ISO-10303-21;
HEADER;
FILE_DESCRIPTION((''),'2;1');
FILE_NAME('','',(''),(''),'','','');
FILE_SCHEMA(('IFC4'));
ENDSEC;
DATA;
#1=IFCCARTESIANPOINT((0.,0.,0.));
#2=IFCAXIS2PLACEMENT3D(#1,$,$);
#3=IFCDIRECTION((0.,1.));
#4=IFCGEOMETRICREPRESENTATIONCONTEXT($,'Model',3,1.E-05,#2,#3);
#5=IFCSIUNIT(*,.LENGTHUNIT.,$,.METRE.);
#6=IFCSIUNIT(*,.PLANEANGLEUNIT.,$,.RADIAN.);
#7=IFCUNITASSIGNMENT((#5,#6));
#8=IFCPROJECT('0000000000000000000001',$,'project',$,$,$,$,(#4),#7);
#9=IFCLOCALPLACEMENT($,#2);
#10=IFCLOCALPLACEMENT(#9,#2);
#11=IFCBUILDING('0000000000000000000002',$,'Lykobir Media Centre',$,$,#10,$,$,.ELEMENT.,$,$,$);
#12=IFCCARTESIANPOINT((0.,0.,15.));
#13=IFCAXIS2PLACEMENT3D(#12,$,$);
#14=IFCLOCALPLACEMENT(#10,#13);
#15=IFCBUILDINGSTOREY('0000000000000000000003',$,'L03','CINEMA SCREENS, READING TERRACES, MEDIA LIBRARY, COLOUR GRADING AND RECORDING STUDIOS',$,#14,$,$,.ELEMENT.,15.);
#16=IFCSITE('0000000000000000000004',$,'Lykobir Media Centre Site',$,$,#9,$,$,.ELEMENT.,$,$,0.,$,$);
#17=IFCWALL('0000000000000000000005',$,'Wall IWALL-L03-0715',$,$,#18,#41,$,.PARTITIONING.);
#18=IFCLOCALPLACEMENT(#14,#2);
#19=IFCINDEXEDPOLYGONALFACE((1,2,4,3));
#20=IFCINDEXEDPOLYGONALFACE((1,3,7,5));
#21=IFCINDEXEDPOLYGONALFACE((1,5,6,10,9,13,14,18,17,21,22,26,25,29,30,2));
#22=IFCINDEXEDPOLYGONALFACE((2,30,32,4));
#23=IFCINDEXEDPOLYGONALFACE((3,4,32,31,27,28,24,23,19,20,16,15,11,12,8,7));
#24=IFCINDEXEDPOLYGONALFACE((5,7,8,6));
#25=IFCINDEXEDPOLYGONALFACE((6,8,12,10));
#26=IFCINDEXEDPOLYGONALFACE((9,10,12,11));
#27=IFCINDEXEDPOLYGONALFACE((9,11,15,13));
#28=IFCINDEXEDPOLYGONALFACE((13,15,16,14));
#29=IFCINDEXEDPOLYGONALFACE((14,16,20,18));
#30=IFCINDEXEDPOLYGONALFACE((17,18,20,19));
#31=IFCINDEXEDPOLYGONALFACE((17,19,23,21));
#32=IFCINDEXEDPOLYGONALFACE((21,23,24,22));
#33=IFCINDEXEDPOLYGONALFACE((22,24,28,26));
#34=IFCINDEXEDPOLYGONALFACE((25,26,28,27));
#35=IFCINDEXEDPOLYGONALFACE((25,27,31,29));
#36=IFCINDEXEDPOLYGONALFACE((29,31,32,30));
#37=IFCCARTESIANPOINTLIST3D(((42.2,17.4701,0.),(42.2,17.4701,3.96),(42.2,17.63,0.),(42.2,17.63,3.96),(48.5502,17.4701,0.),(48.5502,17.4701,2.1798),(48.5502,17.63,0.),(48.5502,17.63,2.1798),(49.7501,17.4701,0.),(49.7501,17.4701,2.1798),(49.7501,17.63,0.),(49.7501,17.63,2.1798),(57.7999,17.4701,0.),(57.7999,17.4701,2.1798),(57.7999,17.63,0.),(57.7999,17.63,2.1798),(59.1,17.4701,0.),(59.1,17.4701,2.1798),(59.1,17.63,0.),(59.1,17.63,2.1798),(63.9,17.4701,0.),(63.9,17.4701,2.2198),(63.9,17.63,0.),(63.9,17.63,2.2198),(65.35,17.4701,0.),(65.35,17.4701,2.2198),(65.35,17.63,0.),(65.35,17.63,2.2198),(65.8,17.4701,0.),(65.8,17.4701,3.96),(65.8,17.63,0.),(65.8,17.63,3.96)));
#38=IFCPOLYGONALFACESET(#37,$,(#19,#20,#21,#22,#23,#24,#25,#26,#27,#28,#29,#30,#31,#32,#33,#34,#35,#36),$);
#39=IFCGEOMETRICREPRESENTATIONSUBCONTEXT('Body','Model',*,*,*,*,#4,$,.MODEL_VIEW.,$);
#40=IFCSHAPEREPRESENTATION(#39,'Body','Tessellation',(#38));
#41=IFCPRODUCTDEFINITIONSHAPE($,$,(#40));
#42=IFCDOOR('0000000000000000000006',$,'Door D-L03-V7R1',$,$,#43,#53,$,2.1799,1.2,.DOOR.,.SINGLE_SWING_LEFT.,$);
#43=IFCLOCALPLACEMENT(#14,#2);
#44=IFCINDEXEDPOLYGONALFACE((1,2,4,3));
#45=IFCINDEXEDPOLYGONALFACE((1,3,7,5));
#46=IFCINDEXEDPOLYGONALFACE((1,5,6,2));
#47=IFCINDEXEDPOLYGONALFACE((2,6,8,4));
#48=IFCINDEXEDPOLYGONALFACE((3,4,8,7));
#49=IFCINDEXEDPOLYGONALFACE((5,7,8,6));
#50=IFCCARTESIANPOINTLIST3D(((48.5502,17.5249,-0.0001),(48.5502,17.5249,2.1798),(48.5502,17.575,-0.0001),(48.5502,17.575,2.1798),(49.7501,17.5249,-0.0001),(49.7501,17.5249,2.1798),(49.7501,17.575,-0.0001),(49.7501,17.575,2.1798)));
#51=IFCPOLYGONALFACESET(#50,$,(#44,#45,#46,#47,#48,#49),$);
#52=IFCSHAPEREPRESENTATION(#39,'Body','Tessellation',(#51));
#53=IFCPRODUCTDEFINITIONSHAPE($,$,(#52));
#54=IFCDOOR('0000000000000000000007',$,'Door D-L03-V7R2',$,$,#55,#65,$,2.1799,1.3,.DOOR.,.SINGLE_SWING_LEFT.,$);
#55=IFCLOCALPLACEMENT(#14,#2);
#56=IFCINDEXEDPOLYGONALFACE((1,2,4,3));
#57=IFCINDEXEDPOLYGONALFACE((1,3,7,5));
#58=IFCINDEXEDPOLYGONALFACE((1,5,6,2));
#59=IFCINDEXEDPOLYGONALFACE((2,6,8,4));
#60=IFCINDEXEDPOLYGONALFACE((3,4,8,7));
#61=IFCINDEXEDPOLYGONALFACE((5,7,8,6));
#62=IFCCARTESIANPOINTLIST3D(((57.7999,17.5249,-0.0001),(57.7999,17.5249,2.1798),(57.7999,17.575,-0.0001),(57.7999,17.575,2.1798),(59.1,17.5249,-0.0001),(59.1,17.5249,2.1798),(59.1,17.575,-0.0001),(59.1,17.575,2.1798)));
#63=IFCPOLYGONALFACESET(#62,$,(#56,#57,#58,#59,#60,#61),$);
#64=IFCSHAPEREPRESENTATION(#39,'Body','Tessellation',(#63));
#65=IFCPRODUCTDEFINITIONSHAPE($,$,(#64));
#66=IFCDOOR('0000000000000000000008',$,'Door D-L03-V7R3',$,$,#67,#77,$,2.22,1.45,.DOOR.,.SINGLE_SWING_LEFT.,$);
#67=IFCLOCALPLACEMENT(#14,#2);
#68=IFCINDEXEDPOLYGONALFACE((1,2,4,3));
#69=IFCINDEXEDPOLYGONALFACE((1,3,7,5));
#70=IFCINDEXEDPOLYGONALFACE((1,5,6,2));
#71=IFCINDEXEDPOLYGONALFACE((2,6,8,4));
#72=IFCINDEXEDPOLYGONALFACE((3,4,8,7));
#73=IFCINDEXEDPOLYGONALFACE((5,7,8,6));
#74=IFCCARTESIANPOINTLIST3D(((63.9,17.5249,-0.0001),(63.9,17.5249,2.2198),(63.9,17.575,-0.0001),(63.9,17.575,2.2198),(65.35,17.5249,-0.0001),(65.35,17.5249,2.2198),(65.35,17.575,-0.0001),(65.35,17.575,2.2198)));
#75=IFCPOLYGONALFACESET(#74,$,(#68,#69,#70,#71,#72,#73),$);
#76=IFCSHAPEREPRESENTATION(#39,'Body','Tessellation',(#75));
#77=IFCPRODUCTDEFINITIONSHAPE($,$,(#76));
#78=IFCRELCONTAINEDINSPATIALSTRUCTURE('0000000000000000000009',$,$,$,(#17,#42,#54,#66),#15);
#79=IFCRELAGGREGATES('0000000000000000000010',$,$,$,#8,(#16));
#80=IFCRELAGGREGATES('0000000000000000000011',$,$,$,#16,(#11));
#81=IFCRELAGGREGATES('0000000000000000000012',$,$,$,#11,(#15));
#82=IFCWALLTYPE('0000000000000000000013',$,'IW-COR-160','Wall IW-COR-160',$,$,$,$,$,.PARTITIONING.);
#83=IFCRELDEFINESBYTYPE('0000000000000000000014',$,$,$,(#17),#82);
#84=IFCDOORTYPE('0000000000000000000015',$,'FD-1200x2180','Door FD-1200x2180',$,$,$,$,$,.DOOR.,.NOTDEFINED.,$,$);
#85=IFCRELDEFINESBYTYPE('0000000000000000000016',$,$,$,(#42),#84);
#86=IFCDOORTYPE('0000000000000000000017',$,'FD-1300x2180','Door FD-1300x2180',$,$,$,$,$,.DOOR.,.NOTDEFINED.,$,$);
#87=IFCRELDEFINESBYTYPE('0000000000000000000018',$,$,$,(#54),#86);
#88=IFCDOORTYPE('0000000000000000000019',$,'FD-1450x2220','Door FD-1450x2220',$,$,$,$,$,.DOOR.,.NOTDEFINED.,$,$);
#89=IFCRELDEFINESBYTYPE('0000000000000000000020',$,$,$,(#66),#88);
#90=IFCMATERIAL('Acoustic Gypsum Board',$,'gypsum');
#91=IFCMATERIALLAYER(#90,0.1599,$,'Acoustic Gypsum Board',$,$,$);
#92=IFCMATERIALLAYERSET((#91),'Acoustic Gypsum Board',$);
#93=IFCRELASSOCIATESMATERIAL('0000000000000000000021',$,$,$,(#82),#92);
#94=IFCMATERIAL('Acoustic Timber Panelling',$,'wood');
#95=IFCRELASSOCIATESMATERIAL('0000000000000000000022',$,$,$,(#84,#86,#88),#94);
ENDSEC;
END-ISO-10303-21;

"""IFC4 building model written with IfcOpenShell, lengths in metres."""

from ifc_helpers import new_model, si_unit, direction, frame, frame_2d, origin, place, context, subcontext, project, spatial, rectangle, extrude, material, layer, layer_set, type_object, element, fill, save


model = new_model("IFC4")

# Units and contexts
model_context = context("Model", 3, precision=1e-05, world=origin(), true_north=direction((0.0, 1.0)))
body_context = subcontext(model_context, "Body", "Model", "MODEL_VIEW")
ifc_project = project(units=[si_unit("LENGTHUNIT", "METRE"), si_unit("PLANEANGLEUNIT", "RADIAN")], contexts=[model_context])

# Site, building, storey
site_placement = place(None, origin())
site = spatial("IfcSite", under=ifc_project, at=site_placement, Name="Lykobir Media Centre Site", CompositionType="ELEMENT", RefElevation=0.0)
building_placement = place(site_placement, origin())
building = spatial("IfcBuilding", under=site, at=building_placement, Name="Lykobir Media Centre", CompositionType="ELEMENT")
storey_placement = place(building_placement, frame((0.0, 0.0, 15.0)))
storey = spatial("IfcBuildingStorey", under=building, at=storey_placement, Name="L03", Description="CINEMA SCREENS, READING TERRACES, MEDIA LIBRARY, COLOUR GRADING AND RECORDING STUDIOS", CompositionType="ELEMENT", Elevation=15.0)

# Wall, openings, doors
ifc_material_1 = material(Name="Acoustic Gypsum Board", Category="gypsum")
ifc_layer_1 = layer(ifc_material_1, 0.1599, Name="Acoustic Gypsum Board")
ifc_layer_set_1 = layer_set([ifc_layer_1], Name="Acoustic Gypsum Board")
wall_type = type_object("IfcWallType", Name="IW-COR-160", Description="Wall IW-COR-160", PredefinedType="PARTITIONING", material=ifc_layer_set_1)
wall_placement = place(storey_placement, frame((42.2, 17.55, 0.0), z_axis=(0.0, 0.0, 1.0), x_axis=(1.0, 0.0, 0.0)))
wall = element("IfcWall", 1, at=wall_placement, inside=storey, type_object=wall_type, Name="Wall IWALL-L03-0715", PredefinedType="PARTITIONING", context=body_context, shape_type="SweptSolid", body=[
    extrude(rectangle(XDim=23.6001, YDim=0.1599, at=frame_2d((11.8, 0.0))), origin(), (0.0, 0.0, 1.0), 3.96),
])
opening_1_placement = place(wall_placement, frame((6.3501, 0.0, 0.0)))
opening_1 = element("IfcOpeningElement", 2, at=opening_1_placement, cuts=wall, PredefinedType="OPENING", context=body_context, shape_type="SweptSolid", body=[
    extrude(rectangle(XDim=1.2, YDim=2.1799, at=frame_2d((0.6001, 1.0898))), frame((0.0, 0.0898, 0.0), z_axis=(0.0, -1.0, 0.0), x_axis=(1.0, 0.0, 0.0)), (0.0, 0.0, 1.0), 0.1799),
])
opening_2_placement = place(wall_placement, frame((15.6001, 0.0, 0.0)))
opening_2 = element("IfcOpeningElement", 3, at=opening_2_placement, cuts=wall, PredefinedType="OPENING", context=body_context, shape_type="SweptSolid", body=[
    extrude(rectangle(XDim=1.3, YDim=2.1799, at=frame_2d((0.6499, 1.0898))), frame((0.0, 0.0898, 0.0), z_axis=(0.0, -1.0, 0.0), x_axis=(1.0, 0.0, 0.0)), (0.0, 0.0, 1.0), 0.1799),
])
opening_3_placement = place(wall_placement, frame((21.7, 0.0, 0.0)))
opening_3 = element("IfcOpeningElement", 4, at=opening_3_placement, cuts=wall, PredefinedType="OPENING", context=body_context, shape_type="SweptSolid", body=[
    extrude(rectangle(XDim=1.45, YDim=2.22, at=frame_2d((0.7251, 1.1099))), frame((0.0, 0.0898, 0.0), z_axis=(0.0, -1.0, 0.0), x_axis=(1.0, 0.0, 0.0)), (0.0, 0.0, 1.0), 0.1799),
])
ifc_material_2 = material(Name="Acoustic Timber Panelling", Category="wood")
door_type_1 = type_object("IfcDoorType", Name="FD-1200x2180", Description="Door FD-1200x2180", OperationType="NOTDEFINED", PredefinedType="DOOR", material=ifc_material_2)
door_1_placement = place(opening_1_placement, origin())
door_1 = element("IfcDoor", 5, at=door_1_placement, inside=storey, type_object=door_type_1, Name="Door D-L03-V7R1", OperationType="SINGLE_SWING_LEFT", OverallHeight=2.1799, OverallWidth=1.2, PredefinedType="DOOR", context=body_context, shape_type="SweptSolid", body=[
    extrude(rectangle(XDim=1.2, YDim=2.1799, at=frame_2d((0.6001, 1.0898))), frame((0.0, 0.0249, 0.0), z_axis=(0.0, -1.0, 0.0), x_axis=(1.0, 0.0, 0.0)), (0.0, 0.0, 1.0), 0.05),
])
fill(opening_1, door_1)
door_type_2 = type_object("IfcDoorType", Name="FD-1300x2180", Description="Door FD-1300x2180", OperationType="NOTDEFINED", PredefinedType="DOOR", material=ifc_material_2)
door_2_placement = place(opening_2_placement, origin())
door_2 = element("IfcDoor", 6, at=door_2_placement, inside=storey, type_object=door_type_2, Name="Door D-L03-V7R2", OperationType="SINGLE_SWING_LEFT", OverallHeight=2.1799, OverallWidth=1.3, PredefinedType="DOOR", context=body_context, shape_type="SweptSolid", body=[
    extrude(rectangle(XDim=1.3, YDim=2.1799, at=frame_2d((0.6499, 1.0898))), frame((0.0, 0.0249, 0.0), z_axis=(0.0, -1.0, 0.0), x_axis=(1.0, 0.0, 0.0)), (0.0, 0.0, 1.0), 0.05),
])
fill(opening_2, door_2)
door_type_3 = type_object("IfcDoorType", Name="FD-1450x2220", Description="Door FD-1450x2220", OperationType="NOTDEFINED", PredefinedType="DOOR", material=ifc_material_2)
door_3_placement = place(opening_3_placement, origin())
door_3 = element("IfcDoor", 7, at=door_3_placement, inside=storey, type_object=door_type_3, Name="Door D-L03-V7R3", OperationType="SINGLE_SWING_LEFT", OverallHeight=2.22, OverallWidth=1.45, PredefinedType="DOOR", context=body_context, shape_type="SweptSolid", body=[
    extrude(rectangle(XDim=1.45, YDim=2.22, at=frame_2d((0.7251, 1.1099))), frame((0.0, 0.0249, 0.0), z_axis=(0.0, -1.0, 0.0), x_axis=(1.0, 0.0, 0.0)), (0.0, 0.0, 1.0), 0.05),
])
fill(opening_3, door_3)

save(model, "model.ifc")
